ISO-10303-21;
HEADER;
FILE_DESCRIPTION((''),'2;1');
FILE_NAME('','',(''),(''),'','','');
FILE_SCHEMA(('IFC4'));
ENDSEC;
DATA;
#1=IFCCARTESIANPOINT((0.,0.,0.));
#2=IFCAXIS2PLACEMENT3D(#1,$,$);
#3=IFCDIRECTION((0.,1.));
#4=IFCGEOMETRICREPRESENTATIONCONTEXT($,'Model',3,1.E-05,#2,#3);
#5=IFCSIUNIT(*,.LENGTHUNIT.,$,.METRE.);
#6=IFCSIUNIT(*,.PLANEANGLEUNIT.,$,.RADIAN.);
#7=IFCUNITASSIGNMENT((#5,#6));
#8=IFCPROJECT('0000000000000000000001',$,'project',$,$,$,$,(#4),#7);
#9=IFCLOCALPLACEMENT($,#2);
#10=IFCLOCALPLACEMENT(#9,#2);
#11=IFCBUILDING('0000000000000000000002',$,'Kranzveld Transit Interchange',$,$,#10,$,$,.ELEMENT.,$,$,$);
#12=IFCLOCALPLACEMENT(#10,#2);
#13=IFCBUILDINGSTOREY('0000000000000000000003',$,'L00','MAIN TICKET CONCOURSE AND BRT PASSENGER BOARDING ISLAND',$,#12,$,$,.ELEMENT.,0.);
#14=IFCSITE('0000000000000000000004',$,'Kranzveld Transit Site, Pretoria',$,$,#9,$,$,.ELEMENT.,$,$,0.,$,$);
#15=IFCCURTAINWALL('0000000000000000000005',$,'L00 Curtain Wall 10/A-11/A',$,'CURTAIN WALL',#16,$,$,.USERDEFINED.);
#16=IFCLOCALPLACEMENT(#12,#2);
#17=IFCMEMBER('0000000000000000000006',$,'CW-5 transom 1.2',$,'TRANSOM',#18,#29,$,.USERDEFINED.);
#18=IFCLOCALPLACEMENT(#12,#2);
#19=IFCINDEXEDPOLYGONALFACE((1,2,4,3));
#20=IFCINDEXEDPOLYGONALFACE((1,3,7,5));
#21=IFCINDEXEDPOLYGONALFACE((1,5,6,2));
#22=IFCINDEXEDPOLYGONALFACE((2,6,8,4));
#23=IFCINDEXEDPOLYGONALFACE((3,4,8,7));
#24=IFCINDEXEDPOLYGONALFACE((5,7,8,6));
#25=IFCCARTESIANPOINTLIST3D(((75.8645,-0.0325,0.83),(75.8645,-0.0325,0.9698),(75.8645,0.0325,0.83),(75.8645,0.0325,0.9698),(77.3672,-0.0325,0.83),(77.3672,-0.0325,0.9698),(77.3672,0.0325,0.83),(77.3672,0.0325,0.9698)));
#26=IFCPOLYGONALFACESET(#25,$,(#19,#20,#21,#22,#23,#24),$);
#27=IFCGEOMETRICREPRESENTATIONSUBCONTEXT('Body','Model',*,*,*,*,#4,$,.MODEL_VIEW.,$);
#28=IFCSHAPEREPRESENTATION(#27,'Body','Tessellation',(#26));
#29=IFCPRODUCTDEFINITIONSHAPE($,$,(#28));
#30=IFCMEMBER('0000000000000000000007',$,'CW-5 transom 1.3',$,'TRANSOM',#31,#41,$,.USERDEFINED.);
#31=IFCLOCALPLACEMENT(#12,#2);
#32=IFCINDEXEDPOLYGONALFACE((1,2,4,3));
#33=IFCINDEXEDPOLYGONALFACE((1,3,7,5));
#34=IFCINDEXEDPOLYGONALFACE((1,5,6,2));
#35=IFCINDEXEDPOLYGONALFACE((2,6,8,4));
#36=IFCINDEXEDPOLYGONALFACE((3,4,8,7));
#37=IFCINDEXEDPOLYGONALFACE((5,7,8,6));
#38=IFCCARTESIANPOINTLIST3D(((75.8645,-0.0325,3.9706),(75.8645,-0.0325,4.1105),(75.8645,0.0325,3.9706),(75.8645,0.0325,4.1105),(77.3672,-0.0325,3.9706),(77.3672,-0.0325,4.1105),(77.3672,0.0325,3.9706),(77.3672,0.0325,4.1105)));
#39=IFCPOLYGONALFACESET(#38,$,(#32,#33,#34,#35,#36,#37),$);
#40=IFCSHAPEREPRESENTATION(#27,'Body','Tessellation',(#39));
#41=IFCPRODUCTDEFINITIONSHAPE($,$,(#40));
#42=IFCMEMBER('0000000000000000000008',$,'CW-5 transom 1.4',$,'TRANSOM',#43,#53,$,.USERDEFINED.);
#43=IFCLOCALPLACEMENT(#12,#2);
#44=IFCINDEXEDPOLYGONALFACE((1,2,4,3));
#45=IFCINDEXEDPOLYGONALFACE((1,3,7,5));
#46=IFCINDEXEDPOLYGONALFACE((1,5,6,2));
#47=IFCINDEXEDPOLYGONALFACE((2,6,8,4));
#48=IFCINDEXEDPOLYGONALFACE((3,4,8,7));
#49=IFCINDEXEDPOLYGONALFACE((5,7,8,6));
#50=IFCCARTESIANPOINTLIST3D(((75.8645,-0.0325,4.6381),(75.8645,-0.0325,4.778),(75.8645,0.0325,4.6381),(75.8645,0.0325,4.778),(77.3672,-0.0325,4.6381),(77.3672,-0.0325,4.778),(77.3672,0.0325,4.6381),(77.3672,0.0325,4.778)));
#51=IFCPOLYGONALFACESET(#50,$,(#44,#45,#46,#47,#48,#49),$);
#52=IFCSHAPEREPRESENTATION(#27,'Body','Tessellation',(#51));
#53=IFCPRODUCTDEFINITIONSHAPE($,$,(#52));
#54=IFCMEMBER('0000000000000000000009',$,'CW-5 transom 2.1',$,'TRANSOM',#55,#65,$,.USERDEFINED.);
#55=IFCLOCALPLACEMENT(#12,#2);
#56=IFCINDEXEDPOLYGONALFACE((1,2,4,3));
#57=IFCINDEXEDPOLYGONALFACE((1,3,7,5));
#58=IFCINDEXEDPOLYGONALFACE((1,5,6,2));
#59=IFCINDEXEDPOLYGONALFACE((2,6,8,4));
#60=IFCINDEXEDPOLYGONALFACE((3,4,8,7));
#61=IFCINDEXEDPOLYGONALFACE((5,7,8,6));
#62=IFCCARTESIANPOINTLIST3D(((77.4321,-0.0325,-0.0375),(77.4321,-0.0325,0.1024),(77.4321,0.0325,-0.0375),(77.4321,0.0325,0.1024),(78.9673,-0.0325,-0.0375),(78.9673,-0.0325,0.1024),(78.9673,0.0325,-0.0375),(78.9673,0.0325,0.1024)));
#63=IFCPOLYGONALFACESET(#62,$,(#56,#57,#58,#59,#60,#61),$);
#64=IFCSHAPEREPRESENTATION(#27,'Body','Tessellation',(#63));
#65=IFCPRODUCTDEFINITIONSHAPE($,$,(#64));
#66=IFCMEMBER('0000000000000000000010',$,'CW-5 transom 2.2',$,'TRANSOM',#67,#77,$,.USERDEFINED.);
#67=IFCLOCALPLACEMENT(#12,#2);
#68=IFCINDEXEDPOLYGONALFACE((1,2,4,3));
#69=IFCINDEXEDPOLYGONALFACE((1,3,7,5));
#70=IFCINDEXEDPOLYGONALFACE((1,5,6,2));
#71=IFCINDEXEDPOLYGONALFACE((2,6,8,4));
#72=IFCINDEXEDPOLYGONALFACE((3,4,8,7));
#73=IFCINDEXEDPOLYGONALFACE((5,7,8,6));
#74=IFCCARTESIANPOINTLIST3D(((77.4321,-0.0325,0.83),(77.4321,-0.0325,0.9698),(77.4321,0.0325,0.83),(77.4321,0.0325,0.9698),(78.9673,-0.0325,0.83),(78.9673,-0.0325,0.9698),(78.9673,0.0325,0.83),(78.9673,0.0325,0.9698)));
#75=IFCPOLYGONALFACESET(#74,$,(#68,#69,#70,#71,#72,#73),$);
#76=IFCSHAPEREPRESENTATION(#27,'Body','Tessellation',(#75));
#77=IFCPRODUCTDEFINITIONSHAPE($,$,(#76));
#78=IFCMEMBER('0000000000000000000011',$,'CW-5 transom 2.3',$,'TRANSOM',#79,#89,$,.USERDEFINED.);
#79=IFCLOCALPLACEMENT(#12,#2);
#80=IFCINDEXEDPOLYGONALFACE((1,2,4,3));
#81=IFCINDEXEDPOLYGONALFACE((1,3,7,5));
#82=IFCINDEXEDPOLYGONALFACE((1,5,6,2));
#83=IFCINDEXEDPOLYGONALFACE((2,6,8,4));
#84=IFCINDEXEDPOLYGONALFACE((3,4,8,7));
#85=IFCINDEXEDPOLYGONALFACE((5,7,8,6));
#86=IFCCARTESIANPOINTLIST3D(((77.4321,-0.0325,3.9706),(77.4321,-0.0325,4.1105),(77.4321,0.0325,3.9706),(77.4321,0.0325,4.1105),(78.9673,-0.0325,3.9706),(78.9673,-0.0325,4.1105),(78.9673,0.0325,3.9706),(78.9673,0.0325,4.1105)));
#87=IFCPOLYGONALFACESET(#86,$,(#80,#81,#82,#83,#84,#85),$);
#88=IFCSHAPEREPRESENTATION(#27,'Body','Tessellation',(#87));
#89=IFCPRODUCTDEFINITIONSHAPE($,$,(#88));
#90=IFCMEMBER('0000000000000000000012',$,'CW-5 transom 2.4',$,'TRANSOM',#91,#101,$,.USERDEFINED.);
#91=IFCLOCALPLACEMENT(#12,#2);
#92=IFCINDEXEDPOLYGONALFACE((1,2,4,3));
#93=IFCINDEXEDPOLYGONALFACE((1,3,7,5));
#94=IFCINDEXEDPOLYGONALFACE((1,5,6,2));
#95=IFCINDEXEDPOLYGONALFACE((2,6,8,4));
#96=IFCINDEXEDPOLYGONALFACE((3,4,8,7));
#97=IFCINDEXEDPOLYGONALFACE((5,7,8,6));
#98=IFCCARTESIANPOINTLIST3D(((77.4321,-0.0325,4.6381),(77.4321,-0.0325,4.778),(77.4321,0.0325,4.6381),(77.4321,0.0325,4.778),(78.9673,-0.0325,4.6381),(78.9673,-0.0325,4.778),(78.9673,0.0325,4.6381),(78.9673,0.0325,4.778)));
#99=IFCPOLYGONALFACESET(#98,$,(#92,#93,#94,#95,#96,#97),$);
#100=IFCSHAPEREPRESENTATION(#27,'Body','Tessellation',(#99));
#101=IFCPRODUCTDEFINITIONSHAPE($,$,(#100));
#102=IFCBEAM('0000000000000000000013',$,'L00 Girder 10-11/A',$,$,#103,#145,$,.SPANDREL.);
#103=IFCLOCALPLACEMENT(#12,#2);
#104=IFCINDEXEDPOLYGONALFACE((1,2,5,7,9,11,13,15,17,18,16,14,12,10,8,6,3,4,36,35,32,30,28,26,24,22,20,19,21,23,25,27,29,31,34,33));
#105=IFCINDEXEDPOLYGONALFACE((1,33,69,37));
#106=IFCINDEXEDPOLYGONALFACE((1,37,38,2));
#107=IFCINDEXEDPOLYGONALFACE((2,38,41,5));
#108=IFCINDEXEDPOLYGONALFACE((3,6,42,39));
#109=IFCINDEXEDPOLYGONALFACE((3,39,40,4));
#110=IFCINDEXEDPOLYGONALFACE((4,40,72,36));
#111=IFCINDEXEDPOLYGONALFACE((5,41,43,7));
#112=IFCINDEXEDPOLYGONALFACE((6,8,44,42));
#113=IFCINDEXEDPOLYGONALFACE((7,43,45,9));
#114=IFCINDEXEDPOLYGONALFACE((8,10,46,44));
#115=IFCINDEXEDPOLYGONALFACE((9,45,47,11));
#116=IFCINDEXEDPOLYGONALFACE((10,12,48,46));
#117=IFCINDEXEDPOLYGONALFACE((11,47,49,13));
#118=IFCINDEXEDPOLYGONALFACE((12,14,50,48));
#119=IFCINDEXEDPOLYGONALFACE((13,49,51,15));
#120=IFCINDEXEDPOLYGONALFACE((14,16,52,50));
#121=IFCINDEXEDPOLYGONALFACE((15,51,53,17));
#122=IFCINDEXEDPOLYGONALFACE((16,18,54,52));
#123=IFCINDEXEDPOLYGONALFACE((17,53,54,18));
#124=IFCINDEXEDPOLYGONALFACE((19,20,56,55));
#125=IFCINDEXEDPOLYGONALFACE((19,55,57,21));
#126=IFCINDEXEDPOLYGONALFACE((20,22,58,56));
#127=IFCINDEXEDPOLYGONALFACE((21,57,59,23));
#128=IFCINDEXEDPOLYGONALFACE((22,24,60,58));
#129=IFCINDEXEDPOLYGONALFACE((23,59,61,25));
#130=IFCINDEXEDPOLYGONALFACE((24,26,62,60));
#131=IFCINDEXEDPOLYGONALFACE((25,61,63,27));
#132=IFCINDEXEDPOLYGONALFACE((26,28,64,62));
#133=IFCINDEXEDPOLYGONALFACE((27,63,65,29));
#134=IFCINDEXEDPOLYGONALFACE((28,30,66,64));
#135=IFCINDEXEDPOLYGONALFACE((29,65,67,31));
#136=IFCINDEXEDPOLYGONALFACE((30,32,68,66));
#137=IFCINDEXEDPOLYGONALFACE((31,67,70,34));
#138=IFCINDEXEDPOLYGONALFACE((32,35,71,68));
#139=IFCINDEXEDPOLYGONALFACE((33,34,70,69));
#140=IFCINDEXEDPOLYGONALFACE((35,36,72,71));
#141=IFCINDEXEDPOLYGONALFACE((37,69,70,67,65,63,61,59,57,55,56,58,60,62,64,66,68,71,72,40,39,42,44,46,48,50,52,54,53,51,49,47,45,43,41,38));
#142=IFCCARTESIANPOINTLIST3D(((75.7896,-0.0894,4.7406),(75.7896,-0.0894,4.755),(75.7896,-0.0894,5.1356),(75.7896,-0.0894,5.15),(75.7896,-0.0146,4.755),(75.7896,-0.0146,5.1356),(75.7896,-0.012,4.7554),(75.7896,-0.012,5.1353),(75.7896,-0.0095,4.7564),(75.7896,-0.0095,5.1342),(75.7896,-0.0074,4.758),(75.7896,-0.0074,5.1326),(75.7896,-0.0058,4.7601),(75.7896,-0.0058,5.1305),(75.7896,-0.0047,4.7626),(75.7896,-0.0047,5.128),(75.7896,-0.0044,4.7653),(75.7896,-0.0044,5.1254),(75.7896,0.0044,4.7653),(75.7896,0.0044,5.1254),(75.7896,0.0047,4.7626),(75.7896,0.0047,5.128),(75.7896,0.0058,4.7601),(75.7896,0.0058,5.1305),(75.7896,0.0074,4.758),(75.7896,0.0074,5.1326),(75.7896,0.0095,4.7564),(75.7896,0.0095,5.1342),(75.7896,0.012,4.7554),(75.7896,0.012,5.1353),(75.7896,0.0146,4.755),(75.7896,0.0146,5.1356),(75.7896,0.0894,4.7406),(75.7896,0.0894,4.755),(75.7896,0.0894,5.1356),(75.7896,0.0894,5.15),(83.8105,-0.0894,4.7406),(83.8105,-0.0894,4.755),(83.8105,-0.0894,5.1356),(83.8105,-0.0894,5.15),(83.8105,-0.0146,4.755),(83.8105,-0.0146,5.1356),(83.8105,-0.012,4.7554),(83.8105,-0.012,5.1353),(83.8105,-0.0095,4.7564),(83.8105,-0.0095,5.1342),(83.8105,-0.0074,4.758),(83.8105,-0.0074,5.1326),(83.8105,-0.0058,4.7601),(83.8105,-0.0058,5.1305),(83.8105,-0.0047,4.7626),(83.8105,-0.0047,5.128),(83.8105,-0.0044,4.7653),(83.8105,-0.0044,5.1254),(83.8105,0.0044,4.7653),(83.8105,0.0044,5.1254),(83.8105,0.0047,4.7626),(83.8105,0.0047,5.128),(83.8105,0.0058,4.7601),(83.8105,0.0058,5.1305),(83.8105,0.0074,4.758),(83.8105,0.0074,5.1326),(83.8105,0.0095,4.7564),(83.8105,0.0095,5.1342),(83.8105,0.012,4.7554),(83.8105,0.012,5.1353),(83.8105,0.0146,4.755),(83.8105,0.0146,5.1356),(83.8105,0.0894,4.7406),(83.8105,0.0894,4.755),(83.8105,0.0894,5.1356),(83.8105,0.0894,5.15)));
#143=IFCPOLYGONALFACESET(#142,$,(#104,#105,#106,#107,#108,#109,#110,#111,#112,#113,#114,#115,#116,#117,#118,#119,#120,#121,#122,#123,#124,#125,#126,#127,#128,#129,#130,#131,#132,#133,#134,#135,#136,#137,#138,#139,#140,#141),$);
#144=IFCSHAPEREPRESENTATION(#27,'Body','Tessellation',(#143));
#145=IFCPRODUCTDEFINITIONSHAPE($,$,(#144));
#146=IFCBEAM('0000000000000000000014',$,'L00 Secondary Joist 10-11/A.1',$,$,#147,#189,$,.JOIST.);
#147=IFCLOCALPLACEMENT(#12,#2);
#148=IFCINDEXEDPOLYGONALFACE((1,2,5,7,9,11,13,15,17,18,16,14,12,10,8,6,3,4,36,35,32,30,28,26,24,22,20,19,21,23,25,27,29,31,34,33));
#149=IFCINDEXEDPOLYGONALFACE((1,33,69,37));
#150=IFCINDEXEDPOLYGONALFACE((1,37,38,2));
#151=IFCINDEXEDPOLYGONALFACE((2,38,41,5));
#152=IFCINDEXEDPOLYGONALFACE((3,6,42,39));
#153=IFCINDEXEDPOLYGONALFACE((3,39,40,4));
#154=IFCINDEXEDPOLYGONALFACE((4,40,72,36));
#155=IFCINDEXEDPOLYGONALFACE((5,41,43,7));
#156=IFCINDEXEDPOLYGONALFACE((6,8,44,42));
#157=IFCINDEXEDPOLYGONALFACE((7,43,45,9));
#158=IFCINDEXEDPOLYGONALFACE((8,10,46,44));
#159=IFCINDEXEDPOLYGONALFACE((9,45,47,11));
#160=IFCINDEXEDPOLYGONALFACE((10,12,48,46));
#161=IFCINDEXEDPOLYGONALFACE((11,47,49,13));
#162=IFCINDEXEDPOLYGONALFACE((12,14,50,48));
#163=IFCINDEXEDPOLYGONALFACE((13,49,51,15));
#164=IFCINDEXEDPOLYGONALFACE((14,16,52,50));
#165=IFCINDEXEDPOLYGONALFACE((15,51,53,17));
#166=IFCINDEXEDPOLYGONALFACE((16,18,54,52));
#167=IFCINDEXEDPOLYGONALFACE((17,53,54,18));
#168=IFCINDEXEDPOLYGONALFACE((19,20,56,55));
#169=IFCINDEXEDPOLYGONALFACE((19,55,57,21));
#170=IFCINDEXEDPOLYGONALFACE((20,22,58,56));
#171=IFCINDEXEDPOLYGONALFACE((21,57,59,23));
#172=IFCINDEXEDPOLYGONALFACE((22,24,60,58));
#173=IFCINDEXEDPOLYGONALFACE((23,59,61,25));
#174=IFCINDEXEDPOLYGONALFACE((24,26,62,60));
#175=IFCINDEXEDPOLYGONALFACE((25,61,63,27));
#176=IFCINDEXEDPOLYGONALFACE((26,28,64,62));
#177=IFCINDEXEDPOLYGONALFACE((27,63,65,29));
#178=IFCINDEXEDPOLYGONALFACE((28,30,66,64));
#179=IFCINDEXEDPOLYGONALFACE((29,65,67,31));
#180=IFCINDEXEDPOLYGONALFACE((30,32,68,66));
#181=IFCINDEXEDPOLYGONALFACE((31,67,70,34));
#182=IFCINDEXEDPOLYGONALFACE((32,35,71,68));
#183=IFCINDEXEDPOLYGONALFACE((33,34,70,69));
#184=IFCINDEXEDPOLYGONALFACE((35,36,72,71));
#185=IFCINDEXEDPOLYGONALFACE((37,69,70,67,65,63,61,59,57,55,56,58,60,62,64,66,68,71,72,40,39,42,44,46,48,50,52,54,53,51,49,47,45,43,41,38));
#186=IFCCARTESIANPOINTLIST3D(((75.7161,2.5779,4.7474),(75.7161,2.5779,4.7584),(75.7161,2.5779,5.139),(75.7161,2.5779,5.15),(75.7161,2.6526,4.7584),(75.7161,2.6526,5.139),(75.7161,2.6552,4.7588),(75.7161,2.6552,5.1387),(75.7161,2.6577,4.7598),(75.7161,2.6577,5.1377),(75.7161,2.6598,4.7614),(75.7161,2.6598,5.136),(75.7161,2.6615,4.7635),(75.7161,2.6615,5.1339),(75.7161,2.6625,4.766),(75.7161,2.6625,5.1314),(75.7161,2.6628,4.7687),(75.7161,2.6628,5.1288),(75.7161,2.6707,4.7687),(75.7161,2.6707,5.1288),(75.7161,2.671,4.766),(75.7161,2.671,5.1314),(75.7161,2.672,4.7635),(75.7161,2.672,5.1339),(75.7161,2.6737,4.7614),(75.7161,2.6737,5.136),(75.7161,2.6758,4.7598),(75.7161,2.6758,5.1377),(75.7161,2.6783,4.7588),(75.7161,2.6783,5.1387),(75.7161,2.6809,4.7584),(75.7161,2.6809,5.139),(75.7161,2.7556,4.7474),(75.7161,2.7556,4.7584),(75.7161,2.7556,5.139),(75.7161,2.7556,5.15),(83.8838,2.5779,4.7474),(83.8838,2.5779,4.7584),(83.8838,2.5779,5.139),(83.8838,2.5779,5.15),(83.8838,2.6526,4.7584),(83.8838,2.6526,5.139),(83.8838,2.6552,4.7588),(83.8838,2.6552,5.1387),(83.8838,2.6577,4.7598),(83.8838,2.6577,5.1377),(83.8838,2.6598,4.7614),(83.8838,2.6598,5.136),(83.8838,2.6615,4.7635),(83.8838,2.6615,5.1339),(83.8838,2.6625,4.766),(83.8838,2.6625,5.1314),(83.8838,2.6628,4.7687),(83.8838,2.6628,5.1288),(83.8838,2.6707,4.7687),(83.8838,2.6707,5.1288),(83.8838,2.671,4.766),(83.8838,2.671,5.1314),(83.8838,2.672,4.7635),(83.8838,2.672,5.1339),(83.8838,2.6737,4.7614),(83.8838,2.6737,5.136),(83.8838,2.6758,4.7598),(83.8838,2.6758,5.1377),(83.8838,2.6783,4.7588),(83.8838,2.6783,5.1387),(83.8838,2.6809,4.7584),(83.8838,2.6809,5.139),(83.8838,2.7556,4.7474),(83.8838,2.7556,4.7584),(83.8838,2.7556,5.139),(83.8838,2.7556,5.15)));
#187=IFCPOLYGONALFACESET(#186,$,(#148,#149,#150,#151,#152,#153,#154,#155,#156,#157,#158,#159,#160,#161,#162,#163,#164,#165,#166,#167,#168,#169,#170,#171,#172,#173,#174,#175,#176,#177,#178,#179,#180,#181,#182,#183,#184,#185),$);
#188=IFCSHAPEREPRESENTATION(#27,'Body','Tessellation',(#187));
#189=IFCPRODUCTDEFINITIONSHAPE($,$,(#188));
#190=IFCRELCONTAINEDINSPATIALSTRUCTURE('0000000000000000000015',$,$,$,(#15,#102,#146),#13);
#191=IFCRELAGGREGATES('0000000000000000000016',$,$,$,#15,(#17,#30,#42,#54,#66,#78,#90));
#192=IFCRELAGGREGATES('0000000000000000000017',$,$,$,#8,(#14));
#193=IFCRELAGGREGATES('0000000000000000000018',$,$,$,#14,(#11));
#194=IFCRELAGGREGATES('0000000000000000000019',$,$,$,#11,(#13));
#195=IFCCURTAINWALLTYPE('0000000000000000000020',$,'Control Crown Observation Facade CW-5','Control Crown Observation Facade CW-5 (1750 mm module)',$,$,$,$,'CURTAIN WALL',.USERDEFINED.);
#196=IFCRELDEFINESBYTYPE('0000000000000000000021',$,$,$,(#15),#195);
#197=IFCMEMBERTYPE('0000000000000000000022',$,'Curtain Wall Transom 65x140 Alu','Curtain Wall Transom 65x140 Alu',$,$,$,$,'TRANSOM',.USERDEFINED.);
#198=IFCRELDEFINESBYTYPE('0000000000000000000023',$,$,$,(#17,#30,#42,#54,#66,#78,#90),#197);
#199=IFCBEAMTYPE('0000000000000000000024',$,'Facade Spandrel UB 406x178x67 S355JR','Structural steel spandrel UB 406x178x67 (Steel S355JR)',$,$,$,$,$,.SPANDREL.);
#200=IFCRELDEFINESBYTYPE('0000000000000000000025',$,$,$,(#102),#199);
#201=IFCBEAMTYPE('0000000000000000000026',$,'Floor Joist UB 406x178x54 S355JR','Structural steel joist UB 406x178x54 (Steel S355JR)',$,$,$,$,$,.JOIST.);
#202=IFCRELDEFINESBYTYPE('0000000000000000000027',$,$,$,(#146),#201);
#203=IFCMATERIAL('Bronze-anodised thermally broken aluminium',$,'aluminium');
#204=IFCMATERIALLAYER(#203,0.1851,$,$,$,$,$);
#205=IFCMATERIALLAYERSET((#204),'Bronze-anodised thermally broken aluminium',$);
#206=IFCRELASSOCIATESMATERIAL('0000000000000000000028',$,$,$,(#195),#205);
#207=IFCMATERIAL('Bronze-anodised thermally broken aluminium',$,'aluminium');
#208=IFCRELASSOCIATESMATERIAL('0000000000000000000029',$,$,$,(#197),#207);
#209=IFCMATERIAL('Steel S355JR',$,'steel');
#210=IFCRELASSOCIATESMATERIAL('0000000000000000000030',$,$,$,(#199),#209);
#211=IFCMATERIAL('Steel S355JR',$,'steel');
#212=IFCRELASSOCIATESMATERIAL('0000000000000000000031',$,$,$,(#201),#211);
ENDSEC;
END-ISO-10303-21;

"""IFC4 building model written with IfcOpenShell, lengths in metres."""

from ifc_helpers import new_model, si_unit, direction, frame, origin, origin_2d, place, context, subcontext, project, spatial, rectangle, i_section, extrude, material, layer, layer_set, material_profile, profile_set, type_object, element, aggregate, save


model = new_model("IFC4")

# Units and contexts
model_context = context("Model", 3, precision=1e-05, world=origin(), true_north=direction((0.0, 1.0)))
body_context = subcontext(model_context, "Body", "Model", "MODEL_VIEW")
ifc_project = project(units=[si_unit("LENGTHUNIT", "METRE"), si_unit("PLANEANGLEUNIT", "RADIAN")], contexts=[model_context])

# Site, building, storey
site_placement = place(None, origin())
site = spatial("IfcSite", under=ifc_project, at=site_placement, Name="Kranzveld Transit Site, Pretoria", CompositionType="ELEMENT", RefElevation=0.0)
building_placement = place(site_placement, origin())
building = spatial("IfcBuilding", under=site, at=building_placement, Name="Kranzveld Transit Interchange", CompositionType="ELEMENT")
storey_placement = place(building_placement, origin())
storey = spatial("IfcBuildingStorey", under=building, at=storey_placement, Name="L00", Description="MAIN TICKET CONCOURSE AND BRT PASSENGER BOARDING ISLAND", CompositionType="ELEMENT", Elevation=0.0)

# Curtain wall, members
ifc_material_1 = material(Name="Bronze-anodised thermally broken aluminium", Category="aluminium")
ifc_layer_1 = layer(ifc_material_1, 0.1851)
ifc_layer_set_1 = layer_set([ifc_layer_1], Name="Bronze-anodised thermally broken aluminium")
curtain_wall_type = type_object("IfcCurtainWallType", Name="Control Crown Observation Facade CW-5", Description="Control Crown Observation Facade CW-5 (1750 mm module)", ElementType="CURTAIN WALL", PredefinedType="USERDEFINED", material=ifc_layer_set_1)
curtain_wall_placement = place(storey_placement, origin())
curtain_wall = element("IfcCurtainWall", 1, at=curtain_wall_placement, inside=storey, type_object=curtain_wall_type, Name="L00 Curtain Wall 10/A-11/A", ObjectType="CURTAIN WALL", PredefinedType="USERDEFINED")
ifc_material_2 = material(Name="Bronze-anodised thermally broken aluminium", Category="aluminium")
ifc_material_profile_1 = material_profile(ifc_material_2, rectangle(XDim=0.0649, YDim=0.1399, at=origin_2d()), Name="ALU TRANSOM 65x140")
ifc_profile_set_1 = profile_set([ifc_material_profile_1], Name="Bronze-anodised thermally broken aluminium")
member_type_1 = type_object("IfcMemberType", Name="Curtain Wall Transom 65x140 Alu", Description="Curtain Wall Transom 65x140 Alu", ElementType="TRANSOM", PredefinedType="USERDEFINED", material=ifc_profile_set_1)
member_1_placement = place(storey_placement, frame((75.8645, 0.0, 0.8999), z_axis=(1.0, 0.0, 0.0), x_axis=(0.0, 1.0, 0.0)))
member_1 = element("IfcMember", 2, at=member_1_placement, type_object=member_type_1, Name="CW-5 transom 1.2", ObjectType="TRANSOM", PredefinedType="USERDEFINED", context=body_context, shape_type="SweptSolid", body=[
    extrude(rectangle(XDim=0.0649, YDim=0.1399, at=origin_2d()), origin(), (0.0, 0.0, 1.0), 1.5027),
])
member_2_placement = place(storey_placement, frame((75.8645, 0.0, 4.0405), z_axis=(1.0, 0.0, 0.0), x_axis=(0.0, 1.0, 0.0)))
member_2 = element("IfcMember", 3, at=member_2_placement, type_object=member_type_1, Name="CW-5 transom 1.3", ObjectType="TRANSOM", PredefinedType="USERDEFINED", context=body_context, shape_type="SweptSolid", body=[
    extrude(rectangle(XDim=0.0649, YDim=0.1399, at=origin_2d()), origin(), (0.0, 0.0, 1.0), 1.5027),
])
member_3_placement = place(storey_placement, frame((75.8645, 0.0, 4.708), z_axis=(1.0, 0.0, 0.0), x_axis=(0.0, 1.0, 0.0)))
member_3 = element("IfcMember", 4, at=member_3_placement, type_object=member_type_1, Name="CW-5 transom 1.4", ObjectType="TRANSOM", PredefinedType="USERDEFINED", context=body_context, shape_type="SweptSolid", body=[
    extrude(rectangle(XDim=0.0649, YDim=0.1399, at=origin_2d()), origin(), (0.0, 0.0, 1.0), 1.5027),
])
member_4_placement = place(storey_placement, frame((77.4321, 0.0, 0.0325), z_axis=(1.0, 0.0, 0.0), x_axis=(0.0, 1.0, 0.0)))
member_4 = element("IfcMember", 5, at=member_4_placement, type_object=member_type_1, Name="CW-5 transom 2.1", ObjectType="TRANSOM", PredefinedType="USERDEFINED", context=body_context, shape_type="SweptSolid", body=[
    extrude(rectangle(XDim=0.0649, YDim=0.1399, at=origin_2d()), origin(), (0.0, 0.0, 1.0), 1.5352),
])
member_5_placement = place(storey_placement, frame((77.4321, 0.0, 0.8999), z_axis=(1.0, 0.0, 0.0), x_axis=(0.0, 1.0, 0.0)))
member_5 = element("IfcMember", 6, at=member_5_placement, type_object=member_type_1, Name="CW-5 transom 2.2", ObjectType="TRANSOM", PredefinedType="USERDEFINED", context=body_context, shape_type="SweptSolid", body=[
    extrude(rectangle(XDim=0.0649, YDim=0.1399, at=origin_2d()), origin(), (0.0, 0.0, 1.0), 1.5352),
])
member_6_placement = place(storey_placement, frame((77.4321, 0.0, 4.0405), z_axis=(1.0, 0.0, 0.0), x_axis=(0.0, 1.0, 0.0)))
member_6 = element("IfcMember", 7, at=member_6_placement, type_object=member_type_1, Name="CW-5 transom 2.3", ObjectType="TRANSOM", PredefinedType="USERDEFINED", context=body_context, shape_type="SweptSolid", body=[
    extrude(rectangle(XDim=0.0649, YDim=0.1399, at=origin_2d()), origin(), (0.0, 0.0, 1.0), 1.5352),
])
member_7_placement = place(storey_placement, frame((77.4321, 0.0, 4.708), z_axis=(1.0, 0.0, 0.0), x_axis=(0.0, 1.0, 0.0)))
member_7 = element("IfcMember", 8, at=member_7_placement, type_object=member_type_1, Name="CW-5 transom 2.4", ObjectType="TRANSOM", PredefinedType="USERDEFINED", context=body_context, shape_type="SweptSolid", body=[
    extrude(rectangle(XDim=0.0649, YDim=0.1399, at=origin_2d()), origin(), (0.0, 0.0, 1.0), 1.5352),
])

# Beams
ifc_material_3 = material(Name="Steel S355JR", Category="steel")
ifc_material_profile_2 = material_profile(ifc_material_3, i_section(OverallWidth=0.1787, OverallDepth=0.4094, WebThickness=0.0088, FlangeThickness=0.0144, FilletRadius=0.0103, at=origin_2d()), Name="UB 406x178x67")
ifc_profile_set_2 = profile_set([ifc_material_profile_2], Name="Steel S355JR")
beam_type_1 = type_object("IfcBeamType", Name="Facade Spandrel UB 406x178x67 S355JR", Description="Structural steel spandrel UB 406x178x67 (Steel S355JR)", PredefinedType="SPANDREL", material=ifc_profile_set_2)
beam_1_placement = place(storey_placement, frame((75.7896, 0.0, 4.9453), z_axis=(1.0, 0.0, 0.0), x_axis=(0.0, 1.0, 0.0)))
element("IfcBeam", 9, at=beam_1_placement, inside=storey, type_object=beam_type_1, Name="L00 Girder 10-11/A", PredefinedType="SPANDREL", context=body_context, shape_type="SweptSolid", body=[
    extrude(i_section(OverallWidth=0.1787, OverallDepth=0.4094, WebThickness=0.0088, FlangeThickness=0.0144, FilletRadius=0.0103, at=origin_2d()), origin(), (0.0, 0.0, 1.0), 8.021),
])
ifc_material_4 = material(Name="Steel S355JR", Category="steel")
ifc_material_profile_3 = material_profile(ifc_material_4, i_section(OverallWidth=0.1777, OverallDepth=0.4026, WebThickness=0.0078, FlangeThickness=0.011, FilletRadius=0.0103, at=origin_2d()), Name="UB 406x178x54")
ifc_profile_set_3 = profile_set([ifc_material_profile_3], Name="Steel S355JR")
beam_type_2 = type_object("IfcBeamType", Name="Floor Joist UB 406x178x54 S355JR", Description="Structural steel joist UB 406x178x54 (Steel S355JR)", PredefinedType="JOIST", material=ifc_profile_set_3)
for number, where, z_axis, x_axis, name in (
    (10, (75.7161, 2.6667, 4.9487), (1.0, 0.0, 0.0), (0.0, 1.0, 0.0), "L00 Secondary Joist 10-11/A.1"),
):
    element("IfcBeam", number, at=place(storey_placement, frame(where, z_axis=z_axis, x_axis=x_axis)), inside=storey, type_object=beam_type_2, Name=name, PredefinedType="JOIST", context=body_context, shape_type="SweptSolid", body=[
        extrude(i_section(OverallWidth=0.1777, OverallDepth=0.4026, WebThickness=0.0078, FlangeThickness=0.011, FilletRadius=0.0103, at=origin_2d()), origin(), (0.0, 0.0, 1.0), 8.1677),
    ])

aggregate(curtain_wall, [member_1, member_2, member_3, member_4, member_5, member_6, member_7])

save(model, "model.ifc")
